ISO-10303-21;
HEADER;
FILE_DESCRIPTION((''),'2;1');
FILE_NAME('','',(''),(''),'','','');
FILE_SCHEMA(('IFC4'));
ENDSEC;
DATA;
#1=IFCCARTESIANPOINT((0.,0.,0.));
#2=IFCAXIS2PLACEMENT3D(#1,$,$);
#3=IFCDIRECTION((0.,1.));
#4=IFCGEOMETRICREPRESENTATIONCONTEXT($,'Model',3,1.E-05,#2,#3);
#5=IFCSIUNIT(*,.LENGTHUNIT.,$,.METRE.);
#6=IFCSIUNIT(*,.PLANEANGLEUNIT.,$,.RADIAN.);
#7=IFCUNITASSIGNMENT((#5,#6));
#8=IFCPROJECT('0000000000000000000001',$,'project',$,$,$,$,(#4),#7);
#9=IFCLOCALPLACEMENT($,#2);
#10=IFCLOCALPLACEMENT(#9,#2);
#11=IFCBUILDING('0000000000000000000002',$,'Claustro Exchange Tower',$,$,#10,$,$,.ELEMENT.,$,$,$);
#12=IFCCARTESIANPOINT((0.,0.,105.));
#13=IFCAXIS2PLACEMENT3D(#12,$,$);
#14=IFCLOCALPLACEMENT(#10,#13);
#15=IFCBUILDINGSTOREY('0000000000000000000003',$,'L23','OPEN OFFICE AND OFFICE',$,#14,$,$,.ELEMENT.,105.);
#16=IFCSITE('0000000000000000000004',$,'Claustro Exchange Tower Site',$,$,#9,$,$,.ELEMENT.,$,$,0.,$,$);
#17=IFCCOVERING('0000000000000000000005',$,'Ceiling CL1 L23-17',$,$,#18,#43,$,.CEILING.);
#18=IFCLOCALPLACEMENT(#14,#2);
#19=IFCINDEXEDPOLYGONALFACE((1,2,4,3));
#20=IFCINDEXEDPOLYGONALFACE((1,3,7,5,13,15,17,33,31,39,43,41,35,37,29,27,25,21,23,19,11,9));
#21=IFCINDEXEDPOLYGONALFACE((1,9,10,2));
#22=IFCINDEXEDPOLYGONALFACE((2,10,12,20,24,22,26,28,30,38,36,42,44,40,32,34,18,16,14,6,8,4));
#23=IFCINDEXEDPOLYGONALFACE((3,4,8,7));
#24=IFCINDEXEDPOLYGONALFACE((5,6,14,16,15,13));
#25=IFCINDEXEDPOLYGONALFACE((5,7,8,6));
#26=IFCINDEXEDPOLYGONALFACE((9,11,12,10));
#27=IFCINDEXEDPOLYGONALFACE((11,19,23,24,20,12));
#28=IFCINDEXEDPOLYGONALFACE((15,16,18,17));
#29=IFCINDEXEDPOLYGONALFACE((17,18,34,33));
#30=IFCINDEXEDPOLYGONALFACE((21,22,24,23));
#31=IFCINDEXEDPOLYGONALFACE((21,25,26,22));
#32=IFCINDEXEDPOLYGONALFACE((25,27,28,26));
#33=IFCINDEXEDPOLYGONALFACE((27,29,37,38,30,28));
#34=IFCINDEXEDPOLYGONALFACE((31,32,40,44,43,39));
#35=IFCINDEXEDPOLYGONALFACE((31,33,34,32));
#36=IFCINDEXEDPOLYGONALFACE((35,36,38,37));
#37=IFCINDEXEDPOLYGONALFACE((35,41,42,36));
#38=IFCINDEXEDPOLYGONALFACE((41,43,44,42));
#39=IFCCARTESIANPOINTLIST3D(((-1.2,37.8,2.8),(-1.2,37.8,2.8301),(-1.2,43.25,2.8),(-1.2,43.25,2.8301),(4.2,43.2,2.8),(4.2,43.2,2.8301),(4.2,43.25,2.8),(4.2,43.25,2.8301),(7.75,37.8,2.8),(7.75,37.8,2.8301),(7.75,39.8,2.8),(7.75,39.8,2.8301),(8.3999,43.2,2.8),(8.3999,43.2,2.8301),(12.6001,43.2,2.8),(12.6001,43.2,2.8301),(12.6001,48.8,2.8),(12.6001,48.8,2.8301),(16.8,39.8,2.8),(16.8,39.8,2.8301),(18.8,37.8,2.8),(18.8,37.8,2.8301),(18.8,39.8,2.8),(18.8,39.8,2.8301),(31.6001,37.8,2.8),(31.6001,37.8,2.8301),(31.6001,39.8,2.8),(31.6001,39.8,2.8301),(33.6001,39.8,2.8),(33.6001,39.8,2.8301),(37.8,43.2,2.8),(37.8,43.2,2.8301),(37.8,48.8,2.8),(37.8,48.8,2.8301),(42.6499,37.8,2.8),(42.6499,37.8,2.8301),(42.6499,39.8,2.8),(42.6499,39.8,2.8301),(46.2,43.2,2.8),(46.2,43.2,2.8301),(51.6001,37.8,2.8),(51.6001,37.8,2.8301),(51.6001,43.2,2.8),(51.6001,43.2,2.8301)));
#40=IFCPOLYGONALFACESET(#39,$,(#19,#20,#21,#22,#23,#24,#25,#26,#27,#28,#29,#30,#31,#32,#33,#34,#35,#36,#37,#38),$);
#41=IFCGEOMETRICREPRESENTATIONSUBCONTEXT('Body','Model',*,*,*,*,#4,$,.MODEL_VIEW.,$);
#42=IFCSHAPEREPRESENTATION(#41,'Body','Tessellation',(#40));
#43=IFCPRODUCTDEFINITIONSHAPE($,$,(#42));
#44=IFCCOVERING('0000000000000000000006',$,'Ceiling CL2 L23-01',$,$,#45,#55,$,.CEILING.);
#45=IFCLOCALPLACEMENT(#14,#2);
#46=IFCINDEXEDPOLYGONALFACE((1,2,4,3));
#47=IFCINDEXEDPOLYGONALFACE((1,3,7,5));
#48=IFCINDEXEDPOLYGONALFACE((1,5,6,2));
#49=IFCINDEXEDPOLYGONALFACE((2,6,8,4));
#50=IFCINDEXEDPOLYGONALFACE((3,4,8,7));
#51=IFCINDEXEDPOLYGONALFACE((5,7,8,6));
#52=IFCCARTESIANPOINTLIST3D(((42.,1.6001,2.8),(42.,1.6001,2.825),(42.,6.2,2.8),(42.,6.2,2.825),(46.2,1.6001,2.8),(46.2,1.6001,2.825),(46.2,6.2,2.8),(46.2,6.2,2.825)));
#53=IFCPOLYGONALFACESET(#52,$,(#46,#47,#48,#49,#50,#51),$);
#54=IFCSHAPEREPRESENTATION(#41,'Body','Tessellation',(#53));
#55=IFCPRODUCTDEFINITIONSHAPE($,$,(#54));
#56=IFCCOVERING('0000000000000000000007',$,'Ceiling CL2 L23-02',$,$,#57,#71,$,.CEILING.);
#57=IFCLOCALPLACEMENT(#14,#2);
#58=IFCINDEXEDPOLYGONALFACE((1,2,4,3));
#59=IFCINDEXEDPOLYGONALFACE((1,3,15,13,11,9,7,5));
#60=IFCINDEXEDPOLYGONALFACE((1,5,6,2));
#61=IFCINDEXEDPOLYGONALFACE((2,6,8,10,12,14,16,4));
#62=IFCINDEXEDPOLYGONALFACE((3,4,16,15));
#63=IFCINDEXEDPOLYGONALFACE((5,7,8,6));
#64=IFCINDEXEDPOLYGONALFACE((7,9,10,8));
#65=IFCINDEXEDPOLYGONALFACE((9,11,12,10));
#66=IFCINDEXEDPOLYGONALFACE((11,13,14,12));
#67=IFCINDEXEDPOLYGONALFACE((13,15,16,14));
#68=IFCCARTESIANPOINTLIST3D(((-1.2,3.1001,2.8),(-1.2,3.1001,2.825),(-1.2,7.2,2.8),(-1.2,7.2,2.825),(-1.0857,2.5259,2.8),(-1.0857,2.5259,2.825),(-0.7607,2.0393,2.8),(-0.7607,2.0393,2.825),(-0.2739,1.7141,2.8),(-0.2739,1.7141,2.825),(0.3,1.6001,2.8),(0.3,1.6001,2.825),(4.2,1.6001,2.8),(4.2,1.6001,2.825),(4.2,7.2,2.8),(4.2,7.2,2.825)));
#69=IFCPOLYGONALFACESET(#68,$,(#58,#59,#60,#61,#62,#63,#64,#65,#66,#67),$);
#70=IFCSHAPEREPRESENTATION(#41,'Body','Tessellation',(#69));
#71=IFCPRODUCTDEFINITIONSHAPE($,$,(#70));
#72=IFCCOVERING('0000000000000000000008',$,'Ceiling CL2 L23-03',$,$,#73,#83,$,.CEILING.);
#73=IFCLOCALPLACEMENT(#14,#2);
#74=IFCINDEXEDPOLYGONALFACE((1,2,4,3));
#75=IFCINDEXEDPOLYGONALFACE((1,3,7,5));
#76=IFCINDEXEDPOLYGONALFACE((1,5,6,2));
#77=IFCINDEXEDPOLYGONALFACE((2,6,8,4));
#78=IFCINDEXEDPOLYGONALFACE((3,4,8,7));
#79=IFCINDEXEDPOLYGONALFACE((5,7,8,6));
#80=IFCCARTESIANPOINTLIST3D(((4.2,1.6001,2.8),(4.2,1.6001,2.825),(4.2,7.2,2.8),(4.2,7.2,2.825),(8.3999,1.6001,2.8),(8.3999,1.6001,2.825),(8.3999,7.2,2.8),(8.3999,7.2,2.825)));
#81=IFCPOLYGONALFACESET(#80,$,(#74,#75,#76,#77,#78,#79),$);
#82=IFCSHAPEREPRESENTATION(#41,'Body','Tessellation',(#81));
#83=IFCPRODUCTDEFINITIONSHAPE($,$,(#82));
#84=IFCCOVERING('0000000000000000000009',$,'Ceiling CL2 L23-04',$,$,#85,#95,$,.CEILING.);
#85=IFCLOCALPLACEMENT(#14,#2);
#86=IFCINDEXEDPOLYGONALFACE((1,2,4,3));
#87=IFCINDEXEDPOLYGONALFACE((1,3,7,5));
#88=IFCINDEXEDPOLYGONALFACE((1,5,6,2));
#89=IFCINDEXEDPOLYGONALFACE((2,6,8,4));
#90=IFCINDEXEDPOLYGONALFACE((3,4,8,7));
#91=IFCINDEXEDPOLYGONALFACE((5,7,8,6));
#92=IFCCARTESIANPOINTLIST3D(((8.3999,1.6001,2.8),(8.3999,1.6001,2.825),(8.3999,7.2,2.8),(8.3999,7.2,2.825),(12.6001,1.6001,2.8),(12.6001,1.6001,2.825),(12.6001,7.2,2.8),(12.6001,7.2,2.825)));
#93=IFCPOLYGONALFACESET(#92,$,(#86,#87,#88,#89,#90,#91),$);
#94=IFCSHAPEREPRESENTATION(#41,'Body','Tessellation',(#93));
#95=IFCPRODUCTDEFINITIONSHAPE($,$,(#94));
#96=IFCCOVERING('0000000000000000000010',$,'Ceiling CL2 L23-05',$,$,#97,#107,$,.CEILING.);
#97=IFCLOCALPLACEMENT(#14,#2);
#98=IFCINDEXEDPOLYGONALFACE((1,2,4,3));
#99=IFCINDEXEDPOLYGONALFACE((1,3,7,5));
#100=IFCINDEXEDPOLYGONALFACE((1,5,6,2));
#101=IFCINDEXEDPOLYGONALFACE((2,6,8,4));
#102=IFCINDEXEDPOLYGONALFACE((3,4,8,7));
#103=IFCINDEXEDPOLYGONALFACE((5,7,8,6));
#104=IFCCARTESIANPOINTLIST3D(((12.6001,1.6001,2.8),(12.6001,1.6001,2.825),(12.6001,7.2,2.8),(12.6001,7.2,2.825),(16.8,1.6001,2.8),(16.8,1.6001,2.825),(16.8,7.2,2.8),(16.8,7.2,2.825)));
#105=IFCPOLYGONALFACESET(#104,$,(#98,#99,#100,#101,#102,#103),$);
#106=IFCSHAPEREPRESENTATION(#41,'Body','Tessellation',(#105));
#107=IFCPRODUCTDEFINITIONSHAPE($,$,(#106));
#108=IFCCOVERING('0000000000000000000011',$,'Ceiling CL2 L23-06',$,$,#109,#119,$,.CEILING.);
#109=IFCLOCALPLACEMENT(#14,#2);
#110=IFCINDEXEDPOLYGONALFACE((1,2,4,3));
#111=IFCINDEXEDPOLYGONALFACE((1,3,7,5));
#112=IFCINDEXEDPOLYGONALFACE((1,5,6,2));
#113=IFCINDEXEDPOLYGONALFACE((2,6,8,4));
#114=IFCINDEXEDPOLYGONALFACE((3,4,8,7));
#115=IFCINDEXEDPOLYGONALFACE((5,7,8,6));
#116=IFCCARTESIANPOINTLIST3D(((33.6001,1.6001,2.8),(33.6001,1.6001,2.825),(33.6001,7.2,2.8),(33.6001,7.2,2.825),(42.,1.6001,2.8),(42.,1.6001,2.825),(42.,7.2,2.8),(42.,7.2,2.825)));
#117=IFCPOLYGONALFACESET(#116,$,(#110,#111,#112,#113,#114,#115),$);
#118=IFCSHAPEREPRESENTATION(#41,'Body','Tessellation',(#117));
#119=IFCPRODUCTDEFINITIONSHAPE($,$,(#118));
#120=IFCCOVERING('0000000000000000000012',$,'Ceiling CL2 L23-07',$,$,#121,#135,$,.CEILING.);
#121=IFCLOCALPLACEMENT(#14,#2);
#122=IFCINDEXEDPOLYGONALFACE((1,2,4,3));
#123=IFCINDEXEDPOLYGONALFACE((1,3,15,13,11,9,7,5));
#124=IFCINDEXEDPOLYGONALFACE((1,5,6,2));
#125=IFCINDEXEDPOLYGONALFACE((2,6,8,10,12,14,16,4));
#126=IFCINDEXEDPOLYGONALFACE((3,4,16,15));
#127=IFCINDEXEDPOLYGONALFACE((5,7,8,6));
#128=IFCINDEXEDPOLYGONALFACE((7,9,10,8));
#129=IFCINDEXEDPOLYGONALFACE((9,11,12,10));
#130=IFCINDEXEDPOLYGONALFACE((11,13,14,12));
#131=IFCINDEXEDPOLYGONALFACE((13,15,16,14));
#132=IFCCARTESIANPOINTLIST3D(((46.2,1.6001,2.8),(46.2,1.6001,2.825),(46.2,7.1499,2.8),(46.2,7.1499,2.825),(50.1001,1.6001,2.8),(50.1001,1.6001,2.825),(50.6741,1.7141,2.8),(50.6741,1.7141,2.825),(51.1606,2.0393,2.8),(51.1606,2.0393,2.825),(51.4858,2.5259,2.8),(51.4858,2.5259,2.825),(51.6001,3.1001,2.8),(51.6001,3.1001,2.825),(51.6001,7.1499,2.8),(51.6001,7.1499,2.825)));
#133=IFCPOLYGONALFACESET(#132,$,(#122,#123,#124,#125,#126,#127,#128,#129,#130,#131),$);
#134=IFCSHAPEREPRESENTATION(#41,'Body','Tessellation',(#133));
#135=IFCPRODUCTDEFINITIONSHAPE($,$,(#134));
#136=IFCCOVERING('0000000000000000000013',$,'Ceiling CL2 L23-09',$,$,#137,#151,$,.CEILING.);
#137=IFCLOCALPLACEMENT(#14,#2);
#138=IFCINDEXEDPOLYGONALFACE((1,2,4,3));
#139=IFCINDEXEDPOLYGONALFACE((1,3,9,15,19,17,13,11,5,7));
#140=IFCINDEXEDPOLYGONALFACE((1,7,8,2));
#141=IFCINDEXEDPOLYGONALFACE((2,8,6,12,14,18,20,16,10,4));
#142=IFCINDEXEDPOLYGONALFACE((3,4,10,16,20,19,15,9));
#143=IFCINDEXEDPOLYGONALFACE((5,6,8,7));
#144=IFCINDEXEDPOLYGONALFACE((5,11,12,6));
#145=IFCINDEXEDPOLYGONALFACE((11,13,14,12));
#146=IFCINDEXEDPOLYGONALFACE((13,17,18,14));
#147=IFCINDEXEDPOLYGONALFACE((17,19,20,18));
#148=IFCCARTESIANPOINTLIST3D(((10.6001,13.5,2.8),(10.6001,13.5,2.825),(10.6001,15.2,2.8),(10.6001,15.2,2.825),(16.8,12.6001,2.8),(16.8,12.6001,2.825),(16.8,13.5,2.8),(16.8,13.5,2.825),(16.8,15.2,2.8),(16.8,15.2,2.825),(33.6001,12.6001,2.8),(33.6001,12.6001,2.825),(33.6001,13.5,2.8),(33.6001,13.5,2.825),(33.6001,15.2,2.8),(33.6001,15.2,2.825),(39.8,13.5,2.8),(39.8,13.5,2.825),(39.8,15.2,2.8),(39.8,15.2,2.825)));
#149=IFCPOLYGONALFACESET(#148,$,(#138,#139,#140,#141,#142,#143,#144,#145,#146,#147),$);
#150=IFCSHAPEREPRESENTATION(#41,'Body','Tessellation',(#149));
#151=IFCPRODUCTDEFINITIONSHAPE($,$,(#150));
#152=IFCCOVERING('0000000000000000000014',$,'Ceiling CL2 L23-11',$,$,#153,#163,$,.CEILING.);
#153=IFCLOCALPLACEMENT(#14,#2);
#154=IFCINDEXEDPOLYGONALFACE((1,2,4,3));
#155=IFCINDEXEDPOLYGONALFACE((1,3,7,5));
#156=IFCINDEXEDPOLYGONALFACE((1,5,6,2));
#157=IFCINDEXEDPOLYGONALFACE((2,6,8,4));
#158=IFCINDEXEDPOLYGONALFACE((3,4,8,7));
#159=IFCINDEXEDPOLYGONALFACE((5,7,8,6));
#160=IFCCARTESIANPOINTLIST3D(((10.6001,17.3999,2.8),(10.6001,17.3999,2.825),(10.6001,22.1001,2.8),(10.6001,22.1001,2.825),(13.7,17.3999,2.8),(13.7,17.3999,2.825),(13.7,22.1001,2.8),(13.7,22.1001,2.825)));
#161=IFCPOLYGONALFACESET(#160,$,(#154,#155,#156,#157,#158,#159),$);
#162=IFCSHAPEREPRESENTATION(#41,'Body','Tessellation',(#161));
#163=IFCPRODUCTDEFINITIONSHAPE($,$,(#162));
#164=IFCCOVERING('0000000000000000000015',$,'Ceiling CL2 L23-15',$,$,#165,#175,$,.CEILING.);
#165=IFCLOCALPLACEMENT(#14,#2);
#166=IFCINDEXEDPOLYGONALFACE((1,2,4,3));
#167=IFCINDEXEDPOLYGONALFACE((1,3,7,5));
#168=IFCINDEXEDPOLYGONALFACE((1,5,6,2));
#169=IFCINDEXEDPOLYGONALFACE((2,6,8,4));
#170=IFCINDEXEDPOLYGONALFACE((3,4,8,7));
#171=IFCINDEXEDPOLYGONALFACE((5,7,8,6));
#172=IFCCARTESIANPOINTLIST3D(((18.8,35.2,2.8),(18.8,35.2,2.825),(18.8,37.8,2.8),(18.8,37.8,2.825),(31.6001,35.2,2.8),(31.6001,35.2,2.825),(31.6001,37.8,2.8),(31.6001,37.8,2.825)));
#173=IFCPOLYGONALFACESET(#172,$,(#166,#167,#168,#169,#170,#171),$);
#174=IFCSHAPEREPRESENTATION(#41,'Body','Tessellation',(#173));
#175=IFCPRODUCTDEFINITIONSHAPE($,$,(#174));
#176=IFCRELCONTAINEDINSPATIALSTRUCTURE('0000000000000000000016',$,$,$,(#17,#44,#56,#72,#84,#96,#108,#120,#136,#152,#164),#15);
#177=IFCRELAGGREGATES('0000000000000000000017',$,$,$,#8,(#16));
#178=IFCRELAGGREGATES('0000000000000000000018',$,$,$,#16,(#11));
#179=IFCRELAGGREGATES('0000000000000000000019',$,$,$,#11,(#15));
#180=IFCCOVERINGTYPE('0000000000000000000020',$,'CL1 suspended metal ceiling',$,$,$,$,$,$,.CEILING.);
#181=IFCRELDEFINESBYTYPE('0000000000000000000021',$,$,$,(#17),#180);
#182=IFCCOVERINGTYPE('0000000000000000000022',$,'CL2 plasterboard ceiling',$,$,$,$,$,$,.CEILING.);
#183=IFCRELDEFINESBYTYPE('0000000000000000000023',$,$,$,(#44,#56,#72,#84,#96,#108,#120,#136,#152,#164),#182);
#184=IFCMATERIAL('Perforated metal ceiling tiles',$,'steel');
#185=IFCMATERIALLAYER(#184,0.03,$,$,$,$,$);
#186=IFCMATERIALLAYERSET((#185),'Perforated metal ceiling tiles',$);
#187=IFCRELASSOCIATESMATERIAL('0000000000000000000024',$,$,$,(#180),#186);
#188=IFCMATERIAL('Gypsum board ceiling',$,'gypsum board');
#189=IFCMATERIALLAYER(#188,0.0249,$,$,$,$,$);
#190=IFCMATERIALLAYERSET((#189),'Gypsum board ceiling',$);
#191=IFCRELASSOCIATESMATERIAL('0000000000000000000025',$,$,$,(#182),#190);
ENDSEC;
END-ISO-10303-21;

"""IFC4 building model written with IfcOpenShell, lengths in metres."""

from ifc_helpers import new_model, si_unit, direction, frame, origin, place, context, subcontext, project, spatial, polyline, outline, extrude, material, layer, layer_set, type_object, element, save


model = new_model("IFC4")

# Units and contexts
model_context = context("Model", 3, precision=1e-05, world=origin(), true_north=direction((0.0, 1.0)))
body_context = subcontext(model_context, "Body", "Model", "MODEL_VIEW")
ifc_project = project(units=[si_unit("LENGTHUNIT", "METRE"), si_unit("PLANEANGLEUNIT", "RADIAN")], contexts=[model_context])

# Site, building, storey
site_placement = place(None, origin())
site = spatial("IfcSite", under=ifc_project, at=site_placement, Name="Claustro Exchange Tower Site", CompositionType="ELEMENT", RefElevation=0.0)
building_placement = place(site_placement, origin())
building = spatial("IfcBuilding", under=site, at=building_placement, Name="Claustro Exchange Tower", CompositionType="ELEMENT")
storey_placement = place(building_placement, frame((0.0, 0.0, 105.0)))
storey = spatial("IfcBuildingStorey", under=building, at=storey_placement, Name="L23", Description="OPEN OFFICE AND OFFICE", CompositionType="ELEMENT", Elevation=105.0)

# Coverings
ifc_material_1 = material(Name="Perforated metal ceiling tiles", Category="steel")
ifc_layer_1 = layer(ifc_material_1, 0.03)
ifc_layer_set_1 = layer_set([ifc_layer_1], Name="Perforated metal ceiling tiles")
covering_type_1 = type_object("IfcCoveringType", Name="CL1 suspended metal ceiling", PredefinedType="CEILING", material=ifc_layer_set_1)
covering_1_placement = place(storey_placement, frame((0.0, 0.0, 2.8)))
element("IfcCovering", 1, at=covering_1_placement, inside=storey, type_object=covering_type_1, Name="Ceiling CL1 L23-17", PredefinedType="CEILING", context=body_context, shape_type="SweptSolid", body=[
    extrude(outline(polyline([(-1.2, 43.25), (-1.2, 37.8), (7.75, 37.8), (7.75, 39.8), (16.8, 39.8), (18.8, 39.8), (18.8, 37.8), (31.6001, 37.8), (31.6001, 39.8), (33.6001, 39.8), (42.6499, 39.8), (42.6499, 37.8), (51.6001, 37.8), (51.6001, 43.2), (46.2, 43.2), (37.8, 43.2), (37.8, 48.8), (12.6001, 48.8), (12.6001, 43.2), (8.3999, 43.2), (4.2, 43.2), (4.2, 43.25), (-1.2, 43.25)])), origin(), (0.0, 0.0, 1.0), 0.03),
])
ifc_material_2 = material(Name="Gypsum board ceiling", Category="gypsum board")
ifc_layer_2 = layer(ifc_material_2, 0.0249)
ifc_layer_set_2 = layer_set([ifc_layer_2], Name="Gypsum board ceiling")
covering_type_2 = type_object("IfcCoveringType", Name="CL2 plasterboard ceiling", PredefinedType="CEILING", material=ifc_layer_set_2)
covering_2_placement = place(storey_placement, frame((0.0, 0.0, 2.8)))
element("IfcCovering", 2, at=covering_2_placement, inside=storey, type_object=covering_type_2, Name="Ceiling CL2 L23-01", PredefinedType="CEILING", context=body_context, shape_type="SweptSolid", body=[
    extrude(outline(polyline([(42.0, 1.6001), (46.2, 1.6001), (46.2, 6.2), (42.0, 6.2), (42.0, 1.6001)])), origin(), (0.0, 0.0, 1.0), 0.0249),
])
covering_3_placement = place(storey_placement, frame((0.0, 0.0, 2.8)))
element("IfcCovering", 3, at=covering_3_placement, inside=storey, type_object=covering_type_2, Name="Ceiling CL2 L23-02", PredefinedType="CEILING", context=body_context, shape_type="SweptSolid", body=[
    extrude(outline(polyline([(-1.0857, 2.5259), (-0.7607, 2.0393), (-0.2739, 1.7141), (0.3, 1.6001), (4.2, 1.6001), (4.2, 7.2), (-1.2, 7.2), (-1.2, 3.1001), (-1.0857, 2.5259)])), origin(), (0.0, 0.0, 1.0), 0.0249),
])
covering_4_placement = place(storey_placement, frame((0.0, 0.0, 2.8)))
element("IfcCovering", 4, at=covering_4_placement, inside=storey, type_object=covering_type_2, Name="Ceiling CL2 L23-03", PredefinedType="CEILING", context=body_context, shape_type="SweptSolid", body=[
    extrude(outline(polyline([(4.2, 1.6001), (8.3999, 1.6001), (8.3999, 7.2), (4.2, 7.2), (4.2, 1.6001)])), origin(), (0.0, 0.0, 1.0), 0.0249),
])
covering_5_placement = place(storey_placement, frame((0.0, 0.0, 2.8)))
element("IfcCovering", 5, at=covering_5_placement, inside=storey, type_object=covering_type_2, Name="Ceiling CL2 L23-04", PredefinedType="CEILING", context=body_context, shape_type="SweptSolid", body=[
    extrude(outline(polyline([(8.3999, 1.6001), (12.6001, 1.6001), (12.6001, 7.2), (8.3999, 7.2), (8.3999, 1.6001)])), origin(), (0.0, 0.0, 1.0), 0.0249),
])
covering_6_placement = place(storey_placement, frame((0.0, 0.0, 2.8)))
element("IfcCovering", 6, at=covering_6_placement, inside=storey, type_object=covering_type_2, Name="Ceiling CL2 L23-05", PredefinedType="CEILING", context=body_context, shape_type="SweptSolid", body=[
    extrude(outline(polyline([(12.6001, 1.6001), (16.8, 1.6001), (16.8, 7.2), (12.6001, 7.2), (12.6001, 1.6001)])), origin(), (0.0, 0.0, 1.0), 0.0249),
])
covering_7_placement = place(storey_placement, frame((0.0, 0.0, 2.8)))
element("IfcCovering", 7, at=covering_7_placement, inside=storey, type_object=covering_type_2, Name="Ceiling CL2 L23-06", PredefinedType="CEILING", context=body_context, shape_type="SweptSolid", body=[
    extrude(outline(polyline([(33.6001, 1.6001), (42.0, 1.6001), (42.0, 7.2), (33.6001, 7.2), (33.6001, 1.6001)])), origin(), (0.0, 0.0, 1.0), 0.0249),
])
covering_8_placement = place(storey_placement, frame((0.0, 0.0, 2.8)))
element("IfcCovering", 8, at=covering_8_placement, inside=storey, type_object=covering_type_2, Name="Ceiling CL2 L23-07", PredefinedType="CEILING", context=body_context, shape_type="SweptSolid", body=[
    extrude(outline(polyline([(51.6001, 3.1001), (51.6001, 7.1499), (46.2, 7.1499), (46.2, 1.6001), (50.1001, 1.6001), (50.6741, 1.7141), (51.1606, 2.0393), (51.4858, 2.5259), (51.6001, 3.1001)])), origin(), (0.0, 0.0, 1.0), 0.0249),
])
covering_9_placement = place(storey_placement, frame((0.0, 0.0, 2.8)))
element("IfcCovering", 9, at=covering_9_placement, inside=storey, type_object=covering_type_2, Name="Ceiling CL2 L23-09", PredefinedType="CEILING", context=body_context, shape_type="SweptSolid", body=[
    extrude(outline(polyline([(10.6001, 15.2), (10.6001, 13.5), (16.8, 13.5), (16.8, 12.6001), (33.6001, 12.6001), (33.6001, 13.5), (39.8, 13.5), (39.8, 15.2), (33.6001, 15.2), (16.8, 15.2), (10.6001, 15.2)])), origin(), (0.0, 0.0, 1.0), 0.0249),
])
covering_10_placement = place(storey_placement, frame((0.0, 0.0, 2.8)))
element("IfcCovering", 10, at=covering_10_placement, inside=storey, type_object=covering_type_2, Name="Ceiling CL2 L23-11", PredefinedType="CEILING", context=body_context, shape_type="SweptSolid", body=[
    extrude(outline(polyline([(13.7, 17.3999), (13.7, 22.1001), (10.6001, 22.1001), (10.6001, 17.3999), (13.7, 17.3999)])), origin(), (0.0, 0.0, 1.0), 0.0249),
])
covering_11_placement = place(storey_placement, frame((0.0, 0.0, 2.8)))
element("IfcCovering", 11, at=covering_11_placement, inside=storey, type_object=covering_type_2, Name="Ceiling CL2 L23-15", PredefinedType="CEILING", context=body_context, shape_type="SweptSolid", body=[
    extrude(outline(polyline([(18.8, 35.2), (31.6001, 35.2), (31.6001, 37.8), (18.8, 37.8), (18.8, 35.2)])), origin(), (0.0, 0.0, 1.0), 0.0249),
])

save(model, "model.ifc")
